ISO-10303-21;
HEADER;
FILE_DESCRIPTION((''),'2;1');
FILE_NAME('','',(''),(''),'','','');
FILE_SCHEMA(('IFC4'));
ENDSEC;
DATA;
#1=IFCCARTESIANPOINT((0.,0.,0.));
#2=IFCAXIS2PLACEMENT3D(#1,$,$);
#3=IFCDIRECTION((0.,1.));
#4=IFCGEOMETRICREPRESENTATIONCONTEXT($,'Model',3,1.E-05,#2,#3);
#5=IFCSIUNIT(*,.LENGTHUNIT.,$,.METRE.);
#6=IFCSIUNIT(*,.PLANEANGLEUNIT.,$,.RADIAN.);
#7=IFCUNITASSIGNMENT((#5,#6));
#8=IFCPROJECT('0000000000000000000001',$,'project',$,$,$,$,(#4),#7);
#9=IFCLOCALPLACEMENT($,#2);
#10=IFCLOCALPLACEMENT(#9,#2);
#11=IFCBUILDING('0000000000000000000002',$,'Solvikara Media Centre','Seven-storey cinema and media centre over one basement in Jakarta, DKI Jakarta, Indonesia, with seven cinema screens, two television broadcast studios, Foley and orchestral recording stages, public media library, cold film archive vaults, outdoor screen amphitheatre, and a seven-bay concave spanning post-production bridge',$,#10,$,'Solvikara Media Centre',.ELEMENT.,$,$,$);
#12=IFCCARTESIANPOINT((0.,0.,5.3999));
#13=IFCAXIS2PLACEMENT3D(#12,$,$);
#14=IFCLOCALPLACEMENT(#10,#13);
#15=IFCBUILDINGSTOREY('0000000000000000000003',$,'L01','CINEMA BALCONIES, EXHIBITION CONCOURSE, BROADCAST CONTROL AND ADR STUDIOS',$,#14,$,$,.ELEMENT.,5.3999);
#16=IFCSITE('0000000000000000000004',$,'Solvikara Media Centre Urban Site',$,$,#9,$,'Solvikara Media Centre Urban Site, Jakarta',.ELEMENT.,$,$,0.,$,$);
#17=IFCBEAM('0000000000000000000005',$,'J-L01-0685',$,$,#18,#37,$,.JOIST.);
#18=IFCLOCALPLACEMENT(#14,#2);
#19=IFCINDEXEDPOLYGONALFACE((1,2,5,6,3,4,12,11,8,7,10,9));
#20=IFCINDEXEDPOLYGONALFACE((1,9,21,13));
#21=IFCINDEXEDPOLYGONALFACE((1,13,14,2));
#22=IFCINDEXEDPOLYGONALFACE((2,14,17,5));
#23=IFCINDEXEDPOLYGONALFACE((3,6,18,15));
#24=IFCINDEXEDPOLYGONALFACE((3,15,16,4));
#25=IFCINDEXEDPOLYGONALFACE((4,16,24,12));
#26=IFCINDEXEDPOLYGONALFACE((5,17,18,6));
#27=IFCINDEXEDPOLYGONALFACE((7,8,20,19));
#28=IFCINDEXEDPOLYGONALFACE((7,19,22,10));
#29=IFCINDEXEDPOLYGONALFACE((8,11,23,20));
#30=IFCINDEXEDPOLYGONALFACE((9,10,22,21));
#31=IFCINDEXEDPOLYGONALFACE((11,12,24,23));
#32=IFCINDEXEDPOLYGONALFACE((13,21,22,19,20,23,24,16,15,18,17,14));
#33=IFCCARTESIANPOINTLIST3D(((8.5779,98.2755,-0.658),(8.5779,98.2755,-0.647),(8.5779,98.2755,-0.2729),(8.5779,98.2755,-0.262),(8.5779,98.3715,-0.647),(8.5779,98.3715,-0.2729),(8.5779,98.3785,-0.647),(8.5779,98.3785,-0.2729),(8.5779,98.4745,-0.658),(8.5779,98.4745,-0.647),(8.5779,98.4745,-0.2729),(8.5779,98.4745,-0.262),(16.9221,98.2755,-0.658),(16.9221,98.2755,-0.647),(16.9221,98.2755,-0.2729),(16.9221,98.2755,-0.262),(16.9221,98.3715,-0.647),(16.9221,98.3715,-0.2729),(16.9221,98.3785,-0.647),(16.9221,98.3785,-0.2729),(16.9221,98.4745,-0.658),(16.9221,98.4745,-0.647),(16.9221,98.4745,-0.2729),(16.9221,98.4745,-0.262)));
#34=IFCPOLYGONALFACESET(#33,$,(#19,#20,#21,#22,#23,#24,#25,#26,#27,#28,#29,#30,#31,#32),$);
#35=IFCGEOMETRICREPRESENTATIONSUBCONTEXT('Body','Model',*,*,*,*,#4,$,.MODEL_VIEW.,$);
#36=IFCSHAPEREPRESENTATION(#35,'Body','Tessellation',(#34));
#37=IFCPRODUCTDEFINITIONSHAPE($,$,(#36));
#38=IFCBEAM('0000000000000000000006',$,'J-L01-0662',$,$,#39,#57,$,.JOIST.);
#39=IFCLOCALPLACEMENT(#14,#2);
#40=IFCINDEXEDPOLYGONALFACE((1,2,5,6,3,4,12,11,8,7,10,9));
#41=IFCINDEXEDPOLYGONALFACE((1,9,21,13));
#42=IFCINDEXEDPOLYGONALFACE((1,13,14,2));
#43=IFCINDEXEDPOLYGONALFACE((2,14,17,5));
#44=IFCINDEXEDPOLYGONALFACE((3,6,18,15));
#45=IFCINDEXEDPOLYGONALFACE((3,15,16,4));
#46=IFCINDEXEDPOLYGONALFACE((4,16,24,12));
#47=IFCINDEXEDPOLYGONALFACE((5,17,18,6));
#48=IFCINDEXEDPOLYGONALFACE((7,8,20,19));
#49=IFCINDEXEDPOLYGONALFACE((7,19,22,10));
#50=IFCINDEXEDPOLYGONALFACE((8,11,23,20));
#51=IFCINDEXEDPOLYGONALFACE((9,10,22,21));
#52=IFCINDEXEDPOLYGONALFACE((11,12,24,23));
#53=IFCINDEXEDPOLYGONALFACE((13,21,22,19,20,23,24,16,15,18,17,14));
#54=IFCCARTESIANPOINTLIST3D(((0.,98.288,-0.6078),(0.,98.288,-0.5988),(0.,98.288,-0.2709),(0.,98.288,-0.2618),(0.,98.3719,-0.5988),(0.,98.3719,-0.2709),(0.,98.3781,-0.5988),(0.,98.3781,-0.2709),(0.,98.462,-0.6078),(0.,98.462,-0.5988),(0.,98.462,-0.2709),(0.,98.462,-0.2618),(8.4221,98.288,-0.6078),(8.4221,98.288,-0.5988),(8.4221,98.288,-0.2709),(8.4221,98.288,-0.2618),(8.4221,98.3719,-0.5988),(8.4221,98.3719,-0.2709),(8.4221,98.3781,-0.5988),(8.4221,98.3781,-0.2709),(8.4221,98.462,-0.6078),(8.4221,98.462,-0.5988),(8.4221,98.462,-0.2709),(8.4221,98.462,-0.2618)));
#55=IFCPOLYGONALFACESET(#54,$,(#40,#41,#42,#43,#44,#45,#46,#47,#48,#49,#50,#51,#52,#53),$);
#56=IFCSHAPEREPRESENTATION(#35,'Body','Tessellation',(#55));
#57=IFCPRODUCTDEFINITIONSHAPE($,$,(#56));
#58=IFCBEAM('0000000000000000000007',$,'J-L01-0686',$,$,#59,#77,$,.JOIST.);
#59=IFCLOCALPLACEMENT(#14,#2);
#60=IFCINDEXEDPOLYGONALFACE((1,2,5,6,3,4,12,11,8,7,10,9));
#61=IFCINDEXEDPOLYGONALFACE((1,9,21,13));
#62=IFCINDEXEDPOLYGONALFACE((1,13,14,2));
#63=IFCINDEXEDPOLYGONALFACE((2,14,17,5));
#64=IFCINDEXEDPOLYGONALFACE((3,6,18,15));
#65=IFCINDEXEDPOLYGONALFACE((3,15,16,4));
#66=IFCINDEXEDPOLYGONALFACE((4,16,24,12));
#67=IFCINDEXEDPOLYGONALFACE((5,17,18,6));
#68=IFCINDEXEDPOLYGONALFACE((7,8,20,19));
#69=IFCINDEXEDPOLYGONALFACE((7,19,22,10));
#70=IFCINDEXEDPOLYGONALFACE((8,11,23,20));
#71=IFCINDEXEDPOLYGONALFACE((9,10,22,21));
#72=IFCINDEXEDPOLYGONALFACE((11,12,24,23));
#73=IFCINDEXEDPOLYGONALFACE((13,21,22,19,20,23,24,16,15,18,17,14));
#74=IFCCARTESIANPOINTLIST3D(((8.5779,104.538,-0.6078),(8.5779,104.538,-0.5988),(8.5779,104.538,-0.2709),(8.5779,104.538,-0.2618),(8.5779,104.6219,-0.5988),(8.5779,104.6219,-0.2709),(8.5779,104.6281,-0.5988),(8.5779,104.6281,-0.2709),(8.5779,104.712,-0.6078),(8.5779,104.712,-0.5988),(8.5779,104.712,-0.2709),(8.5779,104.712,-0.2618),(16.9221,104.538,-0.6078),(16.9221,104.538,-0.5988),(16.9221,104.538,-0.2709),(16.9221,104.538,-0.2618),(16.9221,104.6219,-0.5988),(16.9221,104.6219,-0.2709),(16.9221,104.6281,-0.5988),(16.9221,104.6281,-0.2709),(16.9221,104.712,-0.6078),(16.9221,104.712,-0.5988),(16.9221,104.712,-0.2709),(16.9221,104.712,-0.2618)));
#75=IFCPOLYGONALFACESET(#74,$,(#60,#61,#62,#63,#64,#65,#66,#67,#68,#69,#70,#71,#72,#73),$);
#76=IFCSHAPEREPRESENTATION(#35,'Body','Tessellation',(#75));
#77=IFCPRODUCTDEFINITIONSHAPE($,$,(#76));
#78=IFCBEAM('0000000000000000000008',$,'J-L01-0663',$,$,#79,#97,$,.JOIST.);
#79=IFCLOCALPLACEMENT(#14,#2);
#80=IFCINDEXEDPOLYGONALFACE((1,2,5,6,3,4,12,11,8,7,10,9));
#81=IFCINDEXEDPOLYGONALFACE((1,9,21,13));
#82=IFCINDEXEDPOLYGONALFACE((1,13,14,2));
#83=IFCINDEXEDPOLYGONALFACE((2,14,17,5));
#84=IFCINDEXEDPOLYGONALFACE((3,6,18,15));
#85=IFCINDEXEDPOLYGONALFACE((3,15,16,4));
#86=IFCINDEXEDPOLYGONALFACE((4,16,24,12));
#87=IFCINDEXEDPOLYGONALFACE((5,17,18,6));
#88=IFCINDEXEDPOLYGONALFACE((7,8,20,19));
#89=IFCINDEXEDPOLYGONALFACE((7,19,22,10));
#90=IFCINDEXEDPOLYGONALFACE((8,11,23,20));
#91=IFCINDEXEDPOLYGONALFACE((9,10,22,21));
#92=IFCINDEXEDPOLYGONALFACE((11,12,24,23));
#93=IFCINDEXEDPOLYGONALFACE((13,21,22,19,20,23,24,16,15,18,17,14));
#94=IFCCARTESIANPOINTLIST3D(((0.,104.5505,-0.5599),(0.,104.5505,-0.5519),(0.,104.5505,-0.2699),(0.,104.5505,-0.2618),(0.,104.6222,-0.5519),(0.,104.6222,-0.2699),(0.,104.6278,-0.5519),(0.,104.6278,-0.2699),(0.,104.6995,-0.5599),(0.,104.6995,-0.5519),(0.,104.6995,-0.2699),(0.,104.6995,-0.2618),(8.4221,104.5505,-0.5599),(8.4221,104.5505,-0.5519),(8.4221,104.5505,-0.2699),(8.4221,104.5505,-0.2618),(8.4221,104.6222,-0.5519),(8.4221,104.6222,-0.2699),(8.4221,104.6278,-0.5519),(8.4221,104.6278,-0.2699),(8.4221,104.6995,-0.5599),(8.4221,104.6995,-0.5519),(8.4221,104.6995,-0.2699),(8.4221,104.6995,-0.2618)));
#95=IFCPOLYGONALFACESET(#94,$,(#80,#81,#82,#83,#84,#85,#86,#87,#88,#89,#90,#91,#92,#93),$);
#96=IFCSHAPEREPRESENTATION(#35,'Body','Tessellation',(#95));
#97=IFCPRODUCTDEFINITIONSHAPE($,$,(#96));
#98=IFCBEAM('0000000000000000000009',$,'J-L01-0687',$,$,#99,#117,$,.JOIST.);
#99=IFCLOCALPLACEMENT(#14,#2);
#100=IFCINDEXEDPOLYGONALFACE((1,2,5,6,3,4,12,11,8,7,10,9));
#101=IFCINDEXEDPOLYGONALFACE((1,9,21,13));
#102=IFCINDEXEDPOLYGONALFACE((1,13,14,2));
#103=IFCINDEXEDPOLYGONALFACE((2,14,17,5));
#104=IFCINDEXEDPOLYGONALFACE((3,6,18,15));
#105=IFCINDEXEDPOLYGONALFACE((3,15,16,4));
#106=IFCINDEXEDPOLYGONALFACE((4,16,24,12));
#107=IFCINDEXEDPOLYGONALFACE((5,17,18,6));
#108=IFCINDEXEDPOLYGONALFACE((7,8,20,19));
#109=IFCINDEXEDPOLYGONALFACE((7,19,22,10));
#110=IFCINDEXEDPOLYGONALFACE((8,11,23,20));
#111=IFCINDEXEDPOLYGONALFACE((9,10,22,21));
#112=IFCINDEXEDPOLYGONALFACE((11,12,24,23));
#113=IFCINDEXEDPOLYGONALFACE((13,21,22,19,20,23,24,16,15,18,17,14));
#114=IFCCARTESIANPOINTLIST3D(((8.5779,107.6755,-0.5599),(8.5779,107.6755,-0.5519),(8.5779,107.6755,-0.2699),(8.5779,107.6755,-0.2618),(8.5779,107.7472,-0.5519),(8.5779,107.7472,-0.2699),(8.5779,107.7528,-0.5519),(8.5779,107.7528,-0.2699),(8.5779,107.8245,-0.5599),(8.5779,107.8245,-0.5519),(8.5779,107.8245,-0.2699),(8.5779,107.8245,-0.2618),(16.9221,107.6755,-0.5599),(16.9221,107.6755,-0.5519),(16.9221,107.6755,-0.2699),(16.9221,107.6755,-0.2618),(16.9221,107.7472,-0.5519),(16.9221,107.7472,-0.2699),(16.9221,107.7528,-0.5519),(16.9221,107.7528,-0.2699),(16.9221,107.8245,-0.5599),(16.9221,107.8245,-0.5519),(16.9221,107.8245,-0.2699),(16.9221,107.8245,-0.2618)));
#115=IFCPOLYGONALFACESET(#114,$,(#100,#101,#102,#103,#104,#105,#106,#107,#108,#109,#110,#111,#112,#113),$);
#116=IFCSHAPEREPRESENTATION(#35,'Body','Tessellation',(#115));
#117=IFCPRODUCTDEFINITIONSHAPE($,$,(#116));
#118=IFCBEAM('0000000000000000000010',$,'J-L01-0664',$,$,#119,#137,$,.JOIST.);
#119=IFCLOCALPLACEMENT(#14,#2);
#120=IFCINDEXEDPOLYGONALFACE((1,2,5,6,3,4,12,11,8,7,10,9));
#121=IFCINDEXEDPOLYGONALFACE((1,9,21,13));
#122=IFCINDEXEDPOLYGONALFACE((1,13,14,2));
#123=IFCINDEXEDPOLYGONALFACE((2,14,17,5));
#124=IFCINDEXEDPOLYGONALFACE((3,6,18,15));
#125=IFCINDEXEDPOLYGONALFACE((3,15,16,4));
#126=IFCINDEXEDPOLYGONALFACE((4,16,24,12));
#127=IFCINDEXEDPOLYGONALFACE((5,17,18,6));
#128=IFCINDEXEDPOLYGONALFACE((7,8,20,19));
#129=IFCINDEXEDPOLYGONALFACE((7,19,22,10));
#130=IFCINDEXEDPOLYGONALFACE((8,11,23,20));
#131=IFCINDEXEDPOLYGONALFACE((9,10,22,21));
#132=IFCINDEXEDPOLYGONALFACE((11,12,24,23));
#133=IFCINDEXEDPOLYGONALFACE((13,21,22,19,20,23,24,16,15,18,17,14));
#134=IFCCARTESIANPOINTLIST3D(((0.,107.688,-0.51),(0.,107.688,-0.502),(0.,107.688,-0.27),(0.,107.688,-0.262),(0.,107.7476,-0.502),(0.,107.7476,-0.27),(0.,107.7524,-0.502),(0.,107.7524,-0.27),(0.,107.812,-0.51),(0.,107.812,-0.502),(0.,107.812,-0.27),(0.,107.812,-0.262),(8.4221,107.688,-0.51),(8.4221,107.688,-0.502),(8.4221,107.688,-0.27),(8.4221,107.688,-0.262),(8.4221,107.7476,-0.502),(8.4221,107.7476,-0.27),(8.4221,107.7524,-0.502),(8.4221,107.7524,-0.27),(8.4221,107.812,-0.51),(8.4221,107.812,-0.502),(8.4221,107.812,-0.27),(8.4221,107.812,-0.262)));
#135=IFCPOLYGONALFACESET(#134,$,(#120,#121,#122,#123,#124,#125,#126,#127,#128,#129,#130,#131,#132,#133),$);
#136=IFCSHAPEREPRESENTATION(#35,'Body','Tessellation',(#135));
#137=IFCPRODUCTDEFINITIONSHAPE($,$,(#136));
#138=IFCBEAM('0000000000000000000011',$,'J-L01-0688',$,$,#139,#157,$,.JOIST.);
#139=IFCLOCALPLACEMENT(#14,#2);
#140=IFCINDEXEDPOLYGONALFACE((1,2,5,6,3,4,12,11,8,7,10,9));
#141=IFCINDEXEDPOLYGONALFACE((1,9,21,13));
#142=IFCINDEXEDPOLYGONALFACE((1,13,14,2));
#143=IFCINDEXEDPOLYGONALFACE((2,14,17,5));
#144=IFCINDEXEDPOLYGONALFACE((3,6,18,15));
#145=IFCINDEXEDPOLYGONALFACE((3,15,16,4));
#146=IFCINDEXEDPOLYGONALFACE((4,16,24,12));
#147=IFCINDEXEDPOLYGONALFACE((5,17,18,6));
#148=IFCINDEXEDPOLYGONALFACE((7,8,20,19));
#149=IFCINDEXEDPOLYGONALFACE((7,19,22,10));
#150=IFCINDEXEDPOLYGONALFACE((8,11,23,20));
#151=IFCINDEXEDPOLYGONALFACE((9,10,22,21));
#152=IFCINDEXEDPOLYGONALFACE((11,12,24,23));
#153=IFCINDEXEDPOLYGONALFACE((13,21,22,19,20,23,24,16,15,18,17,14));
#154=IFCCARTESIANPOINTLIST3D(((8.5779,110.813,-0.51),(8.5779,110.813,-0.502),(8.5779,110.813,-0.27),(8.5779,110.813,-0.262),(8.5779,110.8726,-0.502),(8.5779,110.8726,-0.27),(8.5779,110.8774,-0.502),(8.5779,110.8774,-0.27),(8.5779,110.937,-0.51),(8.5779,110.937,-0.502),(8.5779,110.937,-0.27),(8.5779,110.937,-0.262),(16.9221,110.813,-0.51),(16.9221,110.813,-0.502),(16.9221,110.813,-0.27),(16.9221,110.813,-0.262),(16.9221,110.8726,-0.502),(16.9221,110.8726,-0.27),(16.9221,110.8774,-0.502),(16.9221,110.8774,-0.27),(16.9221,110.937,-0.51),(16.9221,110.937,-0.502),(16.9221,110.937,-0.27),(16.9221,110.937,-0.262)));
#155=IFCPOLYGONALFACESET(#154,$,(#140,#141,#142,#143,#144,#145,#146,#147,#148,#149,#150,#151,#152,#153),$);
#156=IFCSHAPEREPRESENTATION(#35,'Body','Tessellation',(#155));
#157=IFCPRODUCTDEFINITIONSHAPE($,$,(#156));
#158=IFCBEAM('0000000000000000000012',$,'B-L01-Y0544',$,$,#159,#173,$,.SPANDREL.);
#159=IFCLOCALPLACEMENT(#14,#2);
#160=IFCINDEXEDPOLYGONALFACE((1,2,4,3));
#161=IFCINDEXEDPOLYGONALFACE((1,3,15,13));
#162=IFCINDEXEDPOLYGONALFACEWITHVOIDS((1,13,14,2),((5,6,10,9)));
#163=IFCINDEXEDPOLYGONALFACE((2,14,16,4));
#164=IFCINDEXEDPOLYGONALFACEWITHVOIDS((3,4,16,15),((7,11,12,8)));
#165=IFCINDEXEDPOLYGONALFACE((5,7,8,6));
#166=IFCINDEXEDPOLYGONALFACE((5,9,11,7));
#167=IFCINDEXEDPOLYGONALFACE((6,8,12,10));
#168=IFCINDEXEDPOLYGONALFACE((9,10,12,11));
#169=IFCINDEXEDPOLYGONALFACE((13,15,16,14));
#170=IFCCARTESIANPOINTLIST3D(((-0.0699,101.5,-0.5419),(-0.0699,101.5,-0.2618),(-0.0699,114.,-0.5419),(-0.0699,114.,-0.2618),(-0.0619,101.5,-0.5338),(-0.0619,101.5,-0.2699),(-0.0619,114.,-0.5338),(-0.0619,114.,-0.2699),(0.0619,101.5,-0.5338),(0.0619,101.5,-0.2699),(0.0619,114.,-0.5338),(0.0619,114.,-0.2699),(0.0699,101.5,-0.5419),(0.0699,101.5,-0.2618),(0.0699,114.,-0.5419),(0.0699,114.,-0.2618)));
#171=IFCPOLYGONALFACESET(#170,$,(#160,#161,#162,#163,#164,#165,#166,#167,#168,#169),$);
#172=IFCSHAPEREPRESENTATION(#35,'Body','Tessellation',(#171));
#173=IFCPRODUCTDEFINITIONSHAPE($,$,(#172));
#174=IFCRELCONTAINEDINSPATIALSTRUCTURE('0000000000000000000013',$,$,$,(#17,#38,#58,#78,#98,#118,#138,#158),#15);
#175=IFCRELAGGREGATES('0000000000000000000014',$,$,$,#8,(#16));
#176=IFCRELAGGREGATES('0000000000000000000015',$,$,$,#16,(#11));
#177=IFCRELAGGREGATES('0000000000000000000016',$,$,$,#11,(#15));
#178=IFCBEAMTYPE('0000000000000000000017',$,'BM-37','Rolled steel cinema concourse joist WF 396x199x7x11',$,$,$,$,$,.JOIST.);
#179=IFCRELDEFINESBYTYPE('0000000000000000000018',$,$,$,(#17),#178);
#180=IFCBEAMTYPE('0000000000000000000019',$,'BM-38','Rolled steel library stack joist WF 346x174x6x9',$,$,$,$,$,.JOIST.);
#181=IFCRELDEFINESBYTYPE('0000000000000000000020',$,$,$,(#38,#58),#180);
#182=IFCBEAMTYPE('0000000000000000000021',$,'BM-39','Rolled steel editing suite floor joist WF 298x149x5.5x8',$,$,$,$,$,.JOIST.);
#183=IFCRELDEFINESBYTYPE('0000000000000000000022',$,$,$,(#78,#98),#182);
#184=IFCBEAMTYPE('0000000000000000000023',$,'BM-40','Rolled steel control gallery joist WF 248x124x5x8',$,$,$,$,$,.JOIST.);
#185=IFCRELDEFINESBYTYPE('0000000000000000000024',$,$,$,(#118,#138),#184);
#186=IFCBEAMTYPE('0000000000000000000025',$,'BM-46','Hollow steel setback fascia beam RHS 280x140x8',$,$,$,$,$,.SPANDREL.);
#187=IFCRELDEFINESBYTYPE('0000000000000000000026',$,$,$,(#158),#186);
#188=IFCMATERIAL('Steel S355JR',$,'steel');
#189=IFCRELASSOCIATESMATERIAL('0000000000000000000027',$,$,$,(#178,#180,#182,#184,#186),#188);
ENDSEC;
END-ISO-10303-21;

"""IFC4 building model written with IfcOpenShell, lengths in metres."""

from ifc_helpers import new_model, si_unit, direction, frame, origin, origin_2d, place, context, subcontext, project, spatial, hollow_rectangle, i_section, extrude, material, material_profile, profile_set, type_object, element, save


model = new_model("IFC4")

# Units and contexts
model_context = context("Model", 3, precision=1e-05, world=origin(), true_north=direction((0.0, 1.0)))
body_context = subcontext(model_context, "Body", "Model", "MODEL_VIEW")
ifc_project = project(units=[si_unit("LENGTHUNIT", "METRE"), si_unit("PLANEANGLEUNIT", "RADIAN")], contexts=[model_context])

# Site, building, storey
site_placement = place(None, origin())
site = spatial("IfcSite", under=ifc_project, at=site_placement, Name="Solvikara Media Centre Urban Site", LongName="Solvikara Media Centre Urban Site, Jakarta", CompositionType="ELEMENT", RefElevation=0.0)
building_placement = place(site_placement, origin())
building = spatial("IfcBuilding", under=site, at=building_placement, Name="Solvikara Media Centre", Description="Seven-storey cinema and media centre over one basement in Jakarta, DKI Jakarta, Indonesia, with seven cinema screens, two television broadcast studios, Foley and orchestral recording stages, public media library, cold film archive vaults, outdoor screen amphitheatre, and a seven-bay concave spanning post-production bridge", LongName="Solvikara Media Centre", CompositionType="ELEMENT")
storey_placement = place(building_placement, frame((0.0, 0.0, 5.3999)))
storey = spatial("IfcBuildingStorey", under=building, at=storey_placement, Name="L01", Description="CINEMA BALCONIES, EXHIBITION CONCOURSE, BROADCAST CONTROL AND ADR STUDIOS", CompositionType="ELEMENT", Elevation=5.3999)

# Shared definitions
ifc_material_1 = material(Name="Steel S355JR", Category="steel")

# Beams
ifc_material_profile_1 = material_profile(ifc_material_1, i_section(OverallWidth=0.199, OverallDepth=0.396, WebThickness=0.0071, FlangeThickness=0.011, at=origin_2d()), Name="WF 396x199x7x11")
ifc_profile_set_1 = profile_set([ifc_material_profile_1], Name="Steel S355JR")
beam_type_1 = type_object("IfcBeamType", Name="BM-37", Description="Rolled steel cinema concourse joist WF 396x199x7x11", PredefinedType="JOIST", material=ifc_profile_set_1)
beam_1_placement = place(storey_placement, frame((8.5779, 98.375, -0.46), z_axis=(1.0, 0.0, 0.0), x_axis=(0.0, 1.0, 0.0)))
element("IfcBeam", 1, at=beam_1_placement, inside=storey, type_object=beam_type_1, Name="J-L01-0685", PredefinedType="JOIST", context=body_context, shape_type="SweptSolid", body=[
    extrude(i_section(OverallWidth=0.199, OverallDepth=0.396, WebThickness=0.0071, FlangeThickness=0.011, at=origin_2d()), origin(), (0.0, 0.0, 1.0), 8.3442),
])
ifc_material_profile_2 = material_profile(ifc_material_1, i_section(OverallWidth=0.1741, OverallDepth=0.3459, WebThickness=0.0061, FlangeThickness=0.009, at=origin_2d()), Name="WF 346x174x6x9")
ifc_profile_set_2 = profile_set([ifc_material_profile_2], Name="Steel S355JR")
beam_type_2 = type_object("IfcBeamType", Name="BM-38", Description="Rolled steel library stack joist WF 346x174x6x9", PredefinedType="JOIST", material=ifc_profile_set_2)
beam_2_placement = place(storey_placement, frame((0.0, 98.375, -0.4348), z_axis=(1.0, 0.0, 0.0), x_axis=(0.0, 1.0, 0.0)))
element("IfcBeam", 2, at=beam_2_placement, inside=storey, type_object=beam_type_2, Name="J-L01-0662", PredefinedType="JOIST", context=body_context, shape_type="SweptSolid", body=[
    extrude(i_section(OverallWidth=0.1741, OverallDepth=0.3459, WebThickness=0.0061, FlangeThickness=0.009, at=origin_2d()), origin(), (0.0, 0.0, 1.0), 8.4221),
])
beam_3_placement = place(storey_placement, frame((8.5779, 104.625, -0.4348), z_axis=(1.0, 0.0, 0.0), x_axis=(0.0, 1.0, 0.0)))
element("IfcBeam", 3, at=beam_3_placement, inside=storey, type_object=beam_type_2, Name="J-L01-0686", PredefinedType="JOIST", context=body_context, shape_type="SweptSolid", body=[
    extrude(i_section(OverallWidth=0.1741, OverallDepth=0.3459, WebThickness=0.0061, FlangeThickness=0.009, at=origin_2d()), origin(), (0.0, 0.0, 1.0), 8.3442),
])
ifc_material_profile_3 = material_profile(ifc_material_1, i_section(OverallWidth=0.1489, OverallDepth=0.2981, WebThickness=0.0056, FlangeThickness=0.0081, at=origin_2d()), Name="WF 298x149x5.5x8")
ifc_profile_set_3 = profile_set([ifc_material_profile_3], Name="Steel S355JR")
beam_type_3 = type_object("IfcBeamType", Name="BM-39", Description="Rolled steel editing suite floor joist WF 298x149x5.5x8", PredefinedType="JOIST", material=ifc_profile_set_3)
beam_4_placement = place(storey_placement, frame((0.0, 104.625, -0.4109), z_axis=(1.0, 0.0, 0.0), x_axis=(0.0, 1.0, 0.0)))
element("IfcBeam", 4, at=beam_4_placement, inside=storey, type_object=beam_type_3, Name="J-L01-0663", PredefinedType="JOIST", context=body_context, shape_type="SweptSolid", body=[
    extrude(i_section(OverallWidth=0.1489, OverallDepth=0.2981, WebThickness=0.0056, FlangeThickness=0.0081, at=origin_2d()), origin(), (0.0, 0.0, 1.0), 8.4221),
])
beam_5_placement = place(storey_placement, frame((8.5779, 107.75, -0.4109), z_axis=(1.0, 0.0, 0.0), x_axis=(0.0, 1.0, 0.0)))
element("IfcBeam", 5, at=beam_5_placement, inside=storey, type_object=beam_type_3, Name="J-L01-0687", PredefinedType="JOIST", context=body_context, shape_type="SweptSolid", body=[
    extrude(i_section(OverallWidth=0.1489, OverallDepth=0.2981, WebThickness=0.0056, FlangeThickness=0.0081, at=origin_2d()), origin(), (0.0, 0.0, 1.0), 8.3442),
])
ifc_material_profile_4 = material_profile(ifc_material_1, i_section(OverallWidth=0.124, OverallDepth=0.248, WebThickness=0.0049, FlangeThickness=0.0081, at=origin_2d()), Name="WF 248x124x5x8")
ifc_profile_set_4 = profile_set([ifc_material_profile_4], Name="Steel S355JR")
beam_type_4 = type_object("IfcBeamType", Name="BM-40", Description="Rolled steel control gallery joist WF 248x124x5x8", PredefinedType="JOIST", material=ifc_profile_set_4)
beam_6_placement = place(storey_placement, frame((0.0, 107.75, -0.386), z_axis=(1.0, 0.0, 0.0), x_axis=(0.0, 1.0, 0.0)))
element("IfcBeam", 6, at=beam_6_placement, inside=storey, type_object=beam_type_4, Name="J-L01-0664", PredefinedType="JOIST", context=body_context, shape_type="SweptSolid", body=[
    extrude(i_section(OverallWidth=0.124, OverallDepth=0.248, WebThickness=0.0049, FlangeThickness=0.0081, at=origin_2d()), origin(), (0.0, 0.0, 1.0), 8.4221),
])
beam_7_placement = place(storey_placement, frame((8.5779, 110.875, -0.386), z_axis=(1.0, 0.0, 0.0), x_axis=(0.0, 1.0, 0.0)))
element("IfcBeam", 7, at=beam_7_placement, inside=storey, type_object=beam_type_4, Name="J-L01-0688", PredefinedType="JOIST", context=body_context, shape_type="SweptSolid", body=[
    extrude(i_section(OverallWidth=0.124, OverallDepth=0.248, WebThickness=0.0049, FlangeThickness=0.0081, at=origin_2d()), origin(), (0.0, 0.0, 1.0), 8.3442),
])
ifc_material_profile_5 = material_profile(ifc_material_1, hollow_rectangle(XDim=0.1399, YDim=0.28, WallThickness=0.0081, at=origin_2d()), Name="RHS 280x140x8")
ifc_profile_set_5 = profile_set([ifc_material_profile_5], Name="Steel S355JR")
beam_type_5 = type_object("IfcBeamType", Name="BM-46", Description="Hollow steel setback fascia beam RHS 280x140x8", PredefinedType="SPANDREL", material=ifc_profile_set_5)
beam_8_placement = place(storey_placement, frame((0.0, 101.5, -0.4019), z_axis=(0.0, 1.0, 0.0), x_axis=(-1.0, 0.0, 0.0)))
element("IfcBeam", 8, at=beam_8_placement, inside=storey, type_object=beam_type_5, Name="B-L01-Y0544", PredefinedType="SPANDREL", context=body_context, shape_type="SweptSolid", body=[
    extrude(hollow_rectangle(XDim=0.1399, YDim=0.28, WallThickness=0.0081, at=origin_2d()), origin(), (0.0, 0.0, 1.0), 12.5),
])

save(model, "model.ifc")
